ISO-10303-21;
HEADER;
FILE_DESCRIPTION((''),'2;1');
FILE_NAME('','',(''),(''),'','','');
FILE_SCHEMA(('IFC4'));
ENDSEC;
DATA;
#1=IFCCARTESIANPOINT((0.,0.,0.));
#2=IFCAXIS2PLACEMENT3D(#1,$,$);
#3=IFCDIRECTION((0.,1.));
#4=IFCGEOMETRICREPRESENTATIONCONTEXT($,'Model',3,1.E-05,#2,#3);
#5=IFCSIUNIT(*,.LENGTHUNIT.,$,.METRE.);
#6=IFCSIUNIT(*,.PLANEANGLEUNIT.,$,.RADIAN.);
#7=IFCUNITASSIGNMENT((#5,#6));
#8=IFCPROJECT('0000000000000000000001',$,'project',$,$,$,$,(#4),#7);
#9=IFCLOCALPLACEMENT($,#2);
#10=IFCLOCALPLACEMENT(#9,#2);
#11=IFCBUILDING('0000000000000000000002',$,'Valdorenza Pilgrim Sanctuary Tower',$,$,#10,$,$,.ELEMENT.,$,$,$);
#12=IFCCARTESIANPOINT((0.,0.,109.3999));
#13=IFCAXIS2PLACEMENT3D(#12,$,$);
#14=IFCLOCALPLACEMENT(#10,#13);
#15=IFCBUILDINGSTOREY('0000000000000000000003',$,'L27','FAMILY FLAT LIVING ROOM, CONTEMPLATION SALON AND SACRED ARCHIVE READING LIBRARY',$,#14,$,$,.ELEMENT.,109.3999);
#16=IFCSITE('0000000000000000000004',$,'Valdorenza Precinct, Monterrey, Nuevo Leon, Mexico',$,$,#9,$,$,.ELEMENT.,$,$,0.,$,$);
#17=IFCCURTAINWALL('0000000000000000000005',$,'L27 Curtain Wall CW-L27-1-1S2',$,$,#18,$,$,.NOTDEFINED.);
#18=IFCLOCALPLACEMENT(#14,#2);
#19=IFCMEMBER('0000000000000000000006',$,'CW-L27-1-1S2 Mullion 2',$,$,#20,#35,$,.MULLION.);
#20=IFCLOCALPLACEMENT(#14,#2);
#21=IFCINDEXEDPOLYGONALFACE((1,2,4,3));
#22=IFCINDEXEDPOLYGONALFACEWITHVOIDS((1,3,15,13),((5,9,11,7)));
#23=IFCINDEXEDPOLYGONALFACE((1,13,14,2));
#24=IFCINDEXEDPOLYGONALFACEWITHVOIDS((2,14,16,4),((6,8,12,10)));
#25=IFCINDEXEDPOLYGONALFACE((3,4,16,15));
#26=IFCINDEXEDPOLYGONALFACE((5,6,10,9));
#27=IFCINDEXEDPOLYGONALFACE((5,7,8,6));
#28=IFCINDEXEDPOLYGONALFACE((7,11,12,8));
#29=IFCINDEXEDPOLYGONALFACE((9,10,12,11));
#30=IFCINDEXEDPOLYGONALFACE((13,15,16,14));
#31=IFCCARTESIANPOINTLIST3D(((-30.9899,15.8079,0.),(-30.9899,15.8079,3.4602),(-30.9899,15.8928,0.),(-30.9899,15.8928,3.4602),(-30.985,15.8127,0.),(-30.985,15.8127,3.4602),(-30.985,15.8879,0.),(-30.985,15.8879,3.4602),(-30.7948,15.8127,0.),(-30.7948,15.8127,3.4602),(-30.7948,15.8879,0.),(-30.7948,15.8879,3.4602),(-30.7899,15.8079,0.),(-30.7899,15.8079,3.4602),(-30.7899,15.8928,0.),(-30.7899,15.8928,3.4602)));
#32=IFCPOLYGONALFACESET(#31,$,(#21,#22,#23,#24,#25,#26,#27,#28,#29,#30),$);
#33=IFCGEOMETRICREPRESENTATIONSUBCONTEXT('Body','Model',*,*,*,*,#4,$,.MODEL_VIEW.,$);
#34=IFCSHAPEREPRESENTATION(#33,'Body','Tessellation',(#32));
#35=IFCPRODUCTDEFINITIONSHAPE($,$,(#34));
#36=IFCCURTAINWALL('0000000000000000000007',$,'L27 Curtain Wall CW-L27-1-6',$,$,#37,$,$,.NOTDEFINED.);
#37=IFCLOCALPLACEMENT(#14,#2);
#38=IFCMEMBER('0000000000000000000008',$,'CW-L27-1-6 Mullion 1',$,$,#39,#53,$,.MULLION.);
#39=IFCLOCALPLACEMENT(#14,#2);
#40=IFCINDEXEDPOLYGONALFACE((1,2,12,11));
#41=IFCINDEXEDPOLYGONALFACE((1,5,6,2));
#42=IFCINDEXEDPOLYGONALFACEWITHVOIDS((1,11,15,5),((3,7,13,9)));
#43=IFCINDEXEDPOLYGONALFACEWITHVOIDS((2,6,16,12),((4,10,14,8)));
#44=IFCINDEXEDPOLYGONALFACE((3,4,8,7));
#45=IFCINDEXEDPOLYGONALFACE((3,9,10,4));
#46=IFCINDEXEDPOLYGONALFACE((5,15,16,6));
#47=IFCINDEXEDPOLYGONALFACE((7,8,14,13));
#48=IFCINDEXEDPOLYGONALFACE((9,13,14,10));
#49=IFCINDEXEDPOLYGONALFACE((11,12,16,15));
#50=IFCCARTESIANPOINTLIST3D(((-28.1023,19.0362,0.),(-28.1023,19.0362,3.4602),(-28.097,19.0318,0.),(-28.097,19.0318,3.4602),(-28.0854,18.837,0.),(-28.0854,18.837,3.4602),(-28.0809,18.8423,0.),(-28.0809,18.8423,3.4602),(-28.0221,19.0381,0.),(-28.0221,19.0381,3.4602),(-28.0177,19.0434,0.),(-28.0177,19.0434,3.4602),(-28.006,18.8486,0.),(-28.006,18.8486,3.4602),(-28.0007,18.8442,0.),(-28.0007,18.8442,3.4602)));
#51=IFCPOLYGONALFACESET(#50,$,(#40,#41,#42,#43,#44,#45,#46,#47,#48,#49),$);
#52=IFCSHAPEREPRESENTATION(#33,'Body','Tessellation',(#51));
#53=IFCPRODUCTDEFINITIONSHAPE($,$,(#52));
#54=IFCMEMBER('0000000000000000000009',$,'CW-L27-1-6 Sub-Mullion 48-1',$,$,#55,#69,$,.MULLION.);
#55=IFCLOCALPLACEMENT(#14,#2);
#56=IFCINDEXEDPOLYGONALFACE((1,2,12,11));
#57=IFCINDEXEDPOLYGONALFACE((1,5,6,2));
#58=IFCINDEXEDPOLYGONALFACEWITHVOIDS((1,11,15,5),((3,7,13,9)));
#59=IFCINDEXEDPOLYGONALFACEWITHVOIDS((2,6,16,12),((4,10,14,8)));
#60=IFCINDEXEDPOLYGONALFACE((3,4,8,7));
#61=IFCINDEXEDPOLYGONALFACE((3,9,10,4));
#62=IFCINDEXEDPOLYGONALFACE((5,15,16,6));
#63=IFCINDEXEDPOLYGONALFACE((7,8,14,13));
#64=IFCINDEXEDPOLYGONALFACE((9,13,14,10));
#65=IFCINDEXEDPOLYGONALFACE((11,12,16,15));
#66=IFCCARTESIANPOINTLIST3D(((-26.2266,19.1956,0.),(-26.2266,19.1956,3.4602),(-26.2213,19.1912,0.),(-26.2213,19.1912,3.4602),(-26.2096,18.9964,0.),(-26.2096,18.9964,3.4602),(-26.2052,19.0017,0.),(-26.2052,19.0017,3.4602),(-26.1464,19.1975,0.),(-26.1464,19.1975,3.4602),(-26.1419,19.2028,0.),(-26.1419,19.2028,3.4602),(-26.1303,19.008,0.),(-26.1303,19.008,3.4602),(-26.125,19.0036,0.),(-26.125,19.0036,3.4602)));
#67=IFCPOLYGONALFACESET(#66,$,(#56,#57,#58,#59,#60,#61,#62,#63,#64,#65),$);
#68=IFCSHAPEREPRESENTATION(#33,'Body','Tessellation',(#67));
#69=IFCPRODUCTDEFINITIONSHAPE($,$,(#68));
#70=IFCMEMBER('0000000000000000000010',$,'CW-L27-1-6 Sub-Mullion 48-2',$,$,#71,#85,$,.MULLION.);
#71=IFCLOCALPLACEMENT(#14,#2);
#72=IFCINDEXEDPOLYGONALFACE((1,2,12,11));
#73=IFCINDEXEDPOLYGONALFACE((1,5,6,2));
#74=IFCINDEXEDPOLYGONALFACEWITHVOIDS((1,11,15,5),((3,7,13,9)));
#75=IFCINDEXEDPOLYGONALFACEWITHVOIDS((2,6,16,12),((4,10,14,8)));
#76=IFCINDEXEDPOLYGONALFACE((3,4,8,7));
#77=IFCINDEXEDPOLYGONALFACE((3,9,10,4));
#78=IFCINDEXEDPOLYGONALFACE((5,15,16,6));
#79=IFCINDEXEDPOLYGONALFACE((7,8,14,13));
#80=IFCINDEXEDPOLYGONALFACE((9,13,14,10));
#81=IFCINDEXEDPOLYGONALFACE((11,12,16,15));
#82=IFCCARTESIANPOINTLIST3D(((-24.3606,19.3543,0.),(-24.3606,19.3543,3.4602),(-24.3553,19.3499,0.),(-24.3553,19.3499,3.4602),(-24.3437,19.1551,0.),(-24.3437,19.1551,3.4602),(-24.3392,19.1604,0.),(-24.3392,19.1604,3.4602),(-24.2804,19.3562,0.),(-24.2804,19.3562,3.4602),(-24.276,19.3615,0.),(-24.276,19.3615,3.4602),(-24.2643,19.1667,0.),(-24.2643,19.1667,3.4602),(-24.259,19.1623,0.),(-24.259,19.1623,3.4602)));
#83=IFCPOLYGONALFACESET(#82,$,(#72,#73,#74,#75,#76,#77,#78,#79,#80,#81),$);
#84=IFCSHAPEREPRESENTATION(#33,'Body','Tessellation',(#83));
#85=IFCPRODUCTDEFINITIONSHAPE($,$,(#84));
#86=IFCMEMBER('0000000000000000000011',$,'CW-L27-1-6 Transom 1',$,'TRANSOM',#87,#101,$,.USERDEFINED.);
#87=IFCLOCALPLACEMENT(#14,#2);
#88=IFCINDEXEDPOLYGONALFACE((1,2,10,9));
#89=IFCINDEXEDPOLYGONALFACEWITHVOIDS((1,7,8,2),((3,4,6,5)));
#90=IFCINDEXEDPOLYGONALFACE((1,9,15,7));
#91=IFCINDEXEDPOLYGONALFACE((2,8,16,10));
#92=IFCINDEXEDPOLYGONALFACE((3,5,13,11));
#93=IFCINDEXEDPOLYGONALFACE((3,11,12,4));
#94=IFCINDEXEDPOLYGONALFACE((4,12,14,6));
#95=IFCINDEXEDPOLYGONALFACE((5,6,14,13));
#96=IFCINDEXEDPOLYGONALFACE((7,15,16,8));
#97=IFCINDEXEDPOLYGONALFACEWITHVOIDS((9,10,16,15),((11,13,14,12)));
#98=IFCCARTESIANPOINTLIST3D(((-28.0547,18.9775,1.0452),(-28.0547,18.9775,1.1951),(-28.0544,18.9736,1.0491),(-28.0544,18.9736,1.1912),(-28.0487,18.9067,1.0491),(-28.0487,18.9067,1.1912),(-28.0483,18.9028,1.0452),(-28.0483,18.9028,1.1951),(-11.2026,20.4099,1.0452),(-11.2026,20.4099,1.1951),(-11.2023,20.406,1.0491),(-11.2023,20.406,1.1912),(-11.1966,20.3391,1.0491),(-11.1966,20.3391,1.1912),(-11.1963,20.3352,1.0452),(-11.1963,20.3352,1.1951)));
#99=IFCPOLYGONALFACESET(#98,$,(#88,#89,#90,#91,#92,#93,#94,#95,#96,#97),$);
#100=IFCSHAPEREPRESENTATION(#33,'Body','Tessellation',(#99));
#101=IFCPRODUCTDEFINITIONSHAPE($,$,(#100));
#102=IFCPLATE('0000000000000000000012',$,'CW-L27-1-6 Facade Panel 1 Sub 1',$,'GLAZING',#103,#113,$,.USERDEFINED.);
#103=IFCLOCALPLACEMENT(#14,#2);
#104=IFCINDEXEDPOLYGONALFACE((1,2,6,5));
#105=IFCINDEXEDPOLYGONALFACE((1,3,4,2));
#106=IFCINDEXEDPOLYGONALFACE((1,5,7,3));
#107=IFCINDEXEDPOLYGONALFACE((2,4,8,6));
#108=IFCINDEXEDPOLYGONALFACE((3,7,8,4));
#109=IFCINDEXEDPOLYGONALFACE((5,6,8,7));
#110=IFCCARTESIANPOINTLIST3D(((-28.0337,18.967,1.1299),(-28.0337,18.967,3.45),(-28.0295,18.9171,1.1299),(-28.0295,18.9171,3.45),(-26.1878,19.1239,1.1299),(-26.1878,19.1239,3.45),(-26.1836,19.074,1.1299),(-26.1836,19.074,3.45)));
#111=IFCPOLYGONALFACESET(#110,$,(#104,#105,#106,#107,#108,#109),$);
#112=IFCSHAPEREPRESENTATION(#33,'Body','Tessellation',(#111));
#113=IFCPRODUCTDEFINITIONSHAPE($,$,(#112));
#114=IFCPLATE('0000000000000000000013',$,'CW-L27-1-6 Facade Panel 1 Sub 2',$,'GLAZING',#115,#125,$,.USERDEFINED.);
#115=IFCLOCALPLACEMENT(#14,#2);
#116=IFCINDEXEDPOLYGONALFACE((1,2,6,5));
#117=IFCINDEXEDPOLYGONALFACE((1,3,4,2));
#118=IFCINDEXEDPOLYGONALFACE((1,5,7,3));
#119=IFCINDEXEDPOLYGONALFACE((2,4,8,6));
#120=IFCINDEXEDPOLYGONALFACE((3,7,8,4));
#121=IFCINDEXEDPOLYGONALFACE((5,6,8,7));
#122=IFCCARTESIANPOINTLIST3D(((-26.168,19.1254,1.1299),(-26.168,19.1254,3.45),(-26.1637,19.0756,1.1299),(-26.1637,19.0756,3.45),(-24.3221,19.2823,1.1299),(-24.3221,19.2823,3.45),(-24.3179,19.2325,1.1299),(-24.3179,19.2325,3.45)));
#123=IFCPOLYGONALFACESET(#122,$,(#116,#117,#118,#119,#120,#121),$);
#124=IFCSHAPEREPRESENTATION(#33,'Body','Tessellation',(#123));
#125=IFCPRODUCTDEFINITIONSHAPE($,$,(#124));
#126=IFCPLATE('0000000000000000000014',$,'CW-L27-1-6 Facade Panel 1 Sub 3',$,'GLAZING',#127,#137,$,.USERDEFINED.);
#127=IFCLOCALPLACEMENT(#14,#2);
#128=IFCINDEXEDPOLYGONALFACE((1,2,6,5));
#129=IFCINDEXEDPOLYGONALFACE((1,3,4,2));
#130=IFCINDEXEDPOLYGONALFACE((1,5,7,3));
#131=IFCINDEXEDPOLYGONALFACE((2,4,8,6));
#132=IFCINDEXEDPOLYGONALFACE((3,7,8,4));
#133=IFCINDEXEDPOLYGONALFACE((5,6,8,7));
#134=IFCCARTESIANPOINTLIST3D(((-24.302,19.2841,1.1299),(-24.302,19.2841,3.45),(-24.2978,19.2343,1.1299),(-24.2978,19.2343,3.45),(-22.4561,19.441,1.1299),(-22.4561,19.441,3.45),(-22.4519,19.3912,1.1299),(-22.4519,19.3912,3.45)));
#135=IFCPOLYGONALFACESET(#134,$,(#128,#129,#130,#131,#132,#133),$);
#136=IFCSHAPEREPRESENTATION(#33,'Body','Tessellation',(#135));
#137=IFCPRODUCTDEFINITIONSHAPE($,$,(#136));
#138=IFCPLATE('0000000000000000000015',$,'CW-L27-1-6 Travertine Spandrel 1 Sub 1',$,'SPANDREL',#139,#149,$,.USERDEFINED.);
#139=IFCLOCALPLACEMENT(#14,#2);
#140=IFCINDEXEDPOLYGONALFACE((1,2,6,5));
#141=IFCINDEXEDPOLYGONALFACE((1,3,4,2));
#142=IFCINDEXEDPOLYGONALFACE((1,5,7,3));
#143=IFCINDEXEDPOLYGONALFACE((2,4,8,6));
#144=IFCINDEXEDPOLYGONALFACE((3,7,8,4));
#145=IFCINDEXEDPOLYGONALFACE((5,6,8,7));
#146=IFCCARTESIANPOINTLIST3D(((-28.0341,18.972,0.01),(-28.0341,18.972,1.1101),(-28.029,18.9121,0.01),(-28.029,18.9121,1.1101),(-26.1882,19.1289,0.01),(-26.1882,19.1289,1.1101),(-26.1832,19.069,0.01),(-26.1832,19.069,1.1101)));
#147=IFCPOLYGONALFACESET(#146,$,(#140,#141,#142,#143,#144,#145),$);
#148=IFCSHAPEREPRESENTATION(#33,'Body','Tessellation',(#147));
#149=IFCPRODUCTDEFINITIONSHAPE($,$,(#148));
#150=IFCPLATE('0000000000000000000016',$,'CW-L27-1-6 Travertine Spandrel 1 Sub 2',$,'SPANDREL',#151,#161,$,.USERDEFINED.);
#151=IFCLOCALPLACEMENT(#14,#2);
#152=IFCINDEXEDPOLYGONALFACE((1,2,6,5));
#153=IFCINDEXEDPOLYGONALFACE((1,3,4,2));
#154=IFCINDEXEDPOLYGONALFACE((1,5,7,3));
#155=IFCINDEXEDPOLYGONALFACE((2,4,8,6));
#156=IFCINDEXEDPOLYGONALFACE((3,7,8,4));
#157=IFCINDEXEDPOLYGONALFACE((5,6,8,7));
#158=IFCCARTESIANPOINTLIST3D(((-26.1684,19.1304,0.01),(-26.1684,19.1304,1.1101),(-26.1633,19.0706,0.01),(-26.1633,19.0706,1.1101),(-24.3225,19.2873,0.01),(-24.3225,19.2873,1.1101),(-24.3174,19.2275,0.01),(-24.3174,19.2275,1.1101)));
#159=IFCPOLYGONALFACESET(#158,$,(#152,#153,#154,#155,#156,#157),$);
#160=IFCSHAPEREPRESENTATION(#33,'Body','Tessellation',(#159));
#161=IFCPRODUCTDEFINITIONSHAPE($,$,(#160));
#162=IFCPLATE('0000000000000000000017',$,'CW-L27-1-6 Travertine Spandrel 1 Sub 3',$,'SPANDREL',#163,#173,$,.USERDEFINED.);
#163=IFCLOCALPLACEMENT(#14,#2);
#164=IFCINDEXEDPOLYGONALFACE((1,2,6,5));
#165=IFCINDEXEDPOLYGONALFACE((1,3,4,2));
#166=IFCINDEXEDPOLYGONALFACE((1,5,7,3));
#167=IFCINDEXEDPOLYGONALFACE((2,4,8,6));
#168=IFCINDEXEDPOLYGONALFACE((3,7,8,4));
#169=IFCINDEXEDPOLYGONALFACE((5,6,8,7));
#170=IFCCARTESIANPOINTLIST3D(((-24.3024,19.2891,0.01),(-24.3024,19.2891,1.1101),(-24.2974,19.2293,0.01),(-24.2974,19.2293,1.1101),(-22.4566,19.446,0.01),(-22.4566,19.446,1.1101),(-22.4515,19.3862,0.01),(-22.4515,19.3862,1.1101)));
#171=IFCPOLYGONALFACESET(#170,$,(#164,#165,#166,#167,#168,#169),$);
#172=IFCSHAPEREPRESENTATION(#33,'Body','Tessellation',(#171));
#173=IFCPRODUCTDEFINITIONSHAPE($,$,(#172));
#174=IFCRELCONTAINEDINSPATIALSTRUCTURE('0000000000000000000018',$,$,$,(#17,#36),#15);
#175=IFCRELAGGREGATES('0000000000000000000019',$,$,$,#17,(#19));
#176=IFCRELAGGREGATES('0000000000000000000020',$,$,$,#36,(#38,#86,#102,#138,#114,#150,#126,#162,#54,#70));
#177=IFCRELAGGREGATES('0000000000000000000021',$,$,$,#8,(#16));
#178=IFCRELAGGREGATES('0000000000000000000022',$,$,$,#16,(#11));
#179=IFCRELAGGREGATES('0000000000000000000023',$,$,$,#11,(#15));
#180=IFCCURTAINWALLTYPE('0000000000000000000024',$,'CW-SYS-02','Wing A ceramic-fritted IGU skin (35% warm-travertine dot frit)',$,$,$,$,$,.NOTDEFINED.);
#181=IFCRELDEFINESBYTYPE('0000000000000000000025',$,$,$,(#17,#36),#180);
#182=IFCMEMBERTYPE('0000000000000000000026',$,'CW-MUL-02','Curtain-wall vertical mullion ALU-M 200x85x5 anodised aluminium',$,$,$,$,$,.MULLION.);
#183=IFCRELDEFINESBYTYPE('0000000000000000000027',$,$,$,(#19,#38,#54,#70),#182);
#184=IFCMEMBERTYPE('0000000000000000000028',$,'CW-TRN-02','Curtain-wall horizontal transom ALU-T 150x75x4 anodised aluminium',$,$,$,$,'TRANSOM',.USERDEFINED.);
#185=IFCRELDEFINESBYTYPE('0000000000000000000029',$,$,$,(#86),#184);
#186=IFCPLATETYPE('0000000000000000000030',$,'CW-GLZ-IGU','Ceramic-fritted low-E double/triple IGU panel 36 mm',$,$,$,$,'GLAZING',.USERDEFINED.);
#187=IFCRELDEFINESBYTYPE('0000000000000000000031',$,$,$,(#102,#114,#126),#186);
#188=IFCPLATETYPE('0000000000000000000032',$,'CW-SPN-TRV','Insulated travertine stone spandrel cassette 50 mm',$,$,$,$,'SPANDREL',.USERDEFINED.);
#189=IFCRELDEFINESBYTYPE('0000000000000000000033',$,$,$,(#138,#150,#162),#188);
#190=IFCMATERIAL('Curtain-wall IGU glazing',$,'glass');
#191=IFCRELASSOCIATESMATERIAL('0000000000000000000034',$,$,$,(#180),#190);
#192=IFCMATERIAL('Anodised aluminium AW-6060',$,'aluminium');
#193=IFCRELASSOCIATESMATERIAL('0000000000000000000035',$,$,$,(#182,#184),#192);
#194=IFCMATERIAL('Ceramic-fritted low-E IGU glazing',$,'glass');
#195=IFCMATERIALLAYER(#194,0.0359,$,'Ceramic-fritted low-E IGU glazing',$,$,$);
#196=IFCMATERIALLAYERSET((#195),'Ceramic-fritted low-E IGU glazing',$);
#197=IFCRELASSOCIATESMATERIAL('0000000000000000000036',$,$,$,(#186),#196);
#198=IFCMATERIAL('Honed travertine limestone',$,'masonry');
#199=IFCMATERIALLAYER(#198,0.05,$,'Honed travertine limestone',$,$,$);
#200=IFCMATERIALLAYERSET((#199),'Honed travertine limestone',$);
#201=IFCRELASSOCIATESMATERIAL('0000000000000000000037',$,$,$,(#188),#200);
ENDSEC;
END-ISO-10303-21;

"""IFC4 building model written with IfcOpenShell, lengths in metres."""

from ifc_helpers import new_model, si_unit, direction, frame, origin, origin_2d, place, context, subcontext, project, spatial, rectangle, hollow_rectangle, extrude, source, transform, mapped, material, layer, layer_set, material_profile, profile_set, type_object, element, aggregate, save


model = new_model("IFC4")

# Units and contexts
model_context = context("Model", 3, precision=1e-05, world=origin(), true_north=direction((0.0, 1.0)))
body_context = subcontext(model_context, "Body", "Model", "MODEL_VIEW")
ifc_project = project(units=[si_unit("LENGTHUNIT", "METRE"), si_unit("PLANEANGLEUNIT", "RADIAN")], contexts=[model_context])

# Site, building, storey
site_placement = place(None, origin())
site = spatial("IfcSite", under=ifc_project, at=site_placement, Name="Valdorenza Precinct, Monterrey, Nuevo Leon, Mexico", CompositionType="ELEMENT", RefElevation=0.0)
building_placement = place(site_placement, origin())
building = spatial("IfcBuilding", under=site, at=building_placement, Name="Valdorenza Pilgrim Sanctuary Tower", CompositionType="ELEMENT")
storey_placement = place(building_placement, frame((0.0, 0.0, 109.3999)))
storey = spatial("IfcBuildingStorey", under=building, at=storey_placement, Name="L27", Description="FAMILY FLAT LIVING ROOM, CONTEMPLATION SALON AND SACRED ARCHIVE READING LIBRARY", CompositionType="ELEMENT", Elevation=109.3999)

# Curtain wall, member
ifc_material_1 = material(Name="Curtain-wall IGU glazing", Category="glass")
curtain_wall_type = type_object("IfcCurtainWallType", Name="CW-SYS-02", Description="Wing A ceramic-fritted IGU skin (35% warm-travertine dot frit)", PredefinedType="NOTDEFINED", material=ifc_material_1)
curtain_wall_1_placement = place(storey_placement, origin())
curtain_wall_1 = element("IfcCurtainWall", 1, at=curtain_wall_1_placement, inside=storey, type_object=curtain_wall_type, Name="L27 Curtain Wall CW-L27-1-1S2", PredefinedType="NOTDEFINED")
ifc_material_2 = material(Name="Anodised aluminium AW-6060", Category="aluminium")
ifc_material_profile_1 = material_profile(ifc_material_2, hollow_rectangle(XDim=0.085, YDim=0.2, WallThickness=0.0049, at=origin_2d()), Name="ALU-M 200x85x5")
ifc_profile_set_1 = profile_set([ifc_material_profile_1], Name="Anodised aluminium AW-6060")
member_type_1 = type_object("IfcMemberType", Name="CW-MUL-02", Description="Curtain-wall vertical mullion ALU-M 200x85x5 anodised aluminium", PredefinedType="MULLION", material=ifc_profile_set_1)
shared_shape_1 = source(origin(), body_context, "Body", "SweptSolid", [
    extrude(hollow_rectangle(XDim=0.085, YDim=0.2, WallThickness=0.0049, at=origin_2d()), origin(), (0.0, 0.0, 1.0), 3.4602),
])
member_1_placement = place(storey_placement, frame((-30.8899, 15.8503, 0.0), z_axis=(0.0, 0.0, 1.0), x_axis=(0.0, 1.0, 0.0)))
member_1 = element("IfcMember", 2, at=member_1_placement, type_object=member_type_1, Name="CW-L27-1-1S2 Mullion 2", PredefinedType="MULLION", context=body_context, shape_type="MappedRepresentation", body=[
    mapped(shared_shape_1, transform((0.0, 0.0, 0.0), x_axis=(1.0, 0.0, 0.0), y_axis=(0.0, 1.0, 0.0), z_axis=(0.0, 0.0, 1.0), scale=1.0)),
])
aggregate(curtain_wall_1, [member_1])

# Curtain wall, members, plates
curtain_wall_2_placement = place(storey_placement, origin())
curtain_wall_2 = element("IfcCurtainWall", 3, at=curtain_wall_2_placement, inside=storey, type_object=curtain_wall_type, Name="L27 Curtain Wall CW-L27-1-6", PredefinedType="NOTDEFINED")
member_2_placement = place(storey_placement, frame((-28.0515, 18.9402, 0.0), z_axis=(0.0, 0.0, 1.0), x_axis=(0.996408, 0.084687, 0.0)))
member_2 = element("IfcMember", 4, at=member_2_placement, type_object=member_type_1, Name="CW-L27-1-6 Mullion 1", PredefinedType="MULLION", context=body_context, shape_type="MappedRepresentation", body=[
    mapped(shared_shape_1, transform((0.0, 0.0, 0.0), x_axis=(1.0, 0.0, 0.0), y_axis=(0.0, 1.0, 0.0), z_axis=(0.0, 0.0, 1.0), scale=1.0)),
])
member_3_placement = place(storey_placement, frame((-26.1758, 19.0996, 0.0), z_axis=(0.0, 0.0, 1.0), x_axis=(0.996408, 0.084687, 0.0)))
member_3 = element("IfcMember", 5, at=member_3_placement, type_object=member_type_1, Name="CW-L27-1-6 Sub-Mullion 48-1", PredefinedType="MULLION", context=body_context, shape_type="MappedRepresentation", body=[
    mapped(shared_shape_1, transform((0.0, 0.0, 0.0), x_axis=(1.0, 0.0, 0.0), y_axis=(0.0, 1.0, 0.0), z_axis=(0.0, 0.0, 1.0), scale=1.0)),
])
member_4_placement = place(storey_placement, frame((-24.3098, 19.2583, 0.0), z_axis=(0.0, 0.0, 1.0), x_axis=(0.996408, 0.084687, 0.0)))
member_4 = element("IfcMember", 6, at=member_4_placement, type_object=member_type_1, Name="CW-L27-1-6 Sub-Mullion 48-2", PredefinedType="MULLION", context=body_context, shape_type="MappedRepresentation", body=[
    mapped(shared_shape_1, transform((0.0, 0.0, 0.0), x_axis=(1.0, 0.0, 0.0), y_axis=(0.0, 1.0, 0.0), z_axis=(0.0, 0.0, 1.0), scale=1.0)),
])
ifc_material_profile_2 = material_profile(ifc_material_2, hollow_rectangle(XDim=0.075, YDim=0.1499, WallThickness=0.0039, at=origin_2d()), Name="ALU-T 150x75x4")
ifc_profile_set_2 = profile_set([ifc_material_profile_2], Name="Anodised aluminium AW-6060")
member_type_2 = type_object("IfcMemberType", Name="CW-TRN-02", Description="Curtain-wall horizontal transom ALU-T 150x75x4 anodised aluminium", ElementType="TRANSOM", PredefinedType="USERDEFINED", material=ifc_profile_set_2)
shared_shape_2 = source(origin(), body_context, "Body", "SweptSolid", [
    extrude(hollow_rectangle(XDim=0.075, YDim=0.1499, WallThickness=0.0039, at=origin_2d()), origin(), (0.0, 0.0, 1.0), 16.9128),
])
member_5_placement = place(storey_placement, frame((-28.0515, 18.9402, 1.1201), z_axis=(0.996407, 0.084692, 0.0), x_axis=(-0.084692, 0.996407, 0.0)))
member_5 = element("IfcMember", 7, at=member_5_placement, type_object=member_type_2, Name="CW-L27-1-6 Transom 1", ObjectType="TRANSOM", PredefinedType="USERDEFINED", context=body_context, shape_type="MappedRepresentation", body=[
    mapped(shared_shape_2, transform((0.0, 0.0, 0.0), x_axis=(1.0, 0.0, 0.0), y_axis=(0.0, 1.0, 0.0), z_axis=(0.0, 0.0, 1.0), scale=1.0)),
])
ifc_material_3 = material(Name="Ceramic-fritted low-E IGU glazing", Category="glass")
ifc_layer_1 = layer(ifc_material_3, 0.0359, Name="Ceramic-fritted low-E IGU glazing")
ifc_layer_set_1 = layer_set([ifc_layer_1], Name="Ceramic-fritted low-E IGU glazing")
plate_type_1 = type_object("IfcPlateType", Name="CW-GLZ-IGU", Description="Ceramic-fritted low-E double/triple IGU panel 36 mm", ElementType="GLAZING", PredefinedType="USERDEFINED", material=ifc_layer_set_1)
shared_shape_3 = source(origin(), body_context, "Body", "SweptSolid", [
    extrude(rectangle(XDim=1.8525, YDim=0.05, at=origin_2d()), origin(), (0.0, 0.0, 1.0), 2.3201),
])
plate_1_placement = place(storey_placement, frame((-27.1086, 19.0205, 1.1299), z_axis=(0.0, 0.0, 1.0), x_axis=(0.996408, 0.084687, 0.0)))
plate_1 = element("IfcPlate", 8, at=plate_1_placement, type_object=plate_type_1, Name="CW-L27-1-6 Facade Panel 1 Sub 1", ObjectType="GLAZING", PredefinedType="USERDEFINED", context=body_context, shape_type="MappedRepresentation", body=[
    mapped(shared_shape_3, transform((0.0, 0.0, 0.0), x_axis=(1.0, 0.0, 0.0), y_axis=(0.0, 1.0, 0.0), z_axis=(0.0, 0.0, 1.0), scale=1.0)),
])
plate_2_placement = place(storey_placement, frame((-25.2429, 19.179, 1.1299), z_axis=(0.0, 0.0, 1.0), x_axis=(0.996408, 0.084687, 0.0)))
plate_2 = element("IfcPlate", 9, at=plate_2_placement, type_object=plate_type_1, Name="CW-L27-1-6 Facade Panel 1 Sub 2", ObjectType="GLAZING", PredefinedType="USERDEFINED", context=body_context, shape_type="MappedRepresentation", body=[
    mapped(shared_shape_3, transform((0.0, 0.0, 0.0), x_axis=(1.0, 0.0, 0.0), y_axis=(0.0, 1.0, 0.0), z_axis=(0.0, 0.0, 1.0), scale=1.0)),
])
plate_3_placement = place(storey_placement, frame((-23.377, 19.3376, 1.1299), z_axis=(0.0, 0.0, 1.0), x_axis=(0.996408, 0.084687, 0.0)))
plate_3 = element("IfcPlate", 10, at=plate_3_placement, type_object=plate_type_1, Name="CW-L27-1-6 Facade Panel 1 Sub 3", ObjectType="GLAZING", PredefinedType="USERDEFINED", context=body_context, shape_type="MappedRepresentation", body=[
    mapped(shared_shape_3, transform((0.0, 0.0, 0.0), x_axis=(1.0, 0.0, 0.0), y_axis=(0.0, 1.0, 0.0), z_axis=(0.0, 0.0, 1.0), scale=1.0)),
])
ifc_material_4 = material(Name="Honed travertine limestone", Category="masonry")
ifc_layer_2 = layer(ifc_material_4, 0.05, Name="Honed travertine limestone")
ifc_layer_set_2 = layer_set([ifc_layer_2], Name="Honed travertine limestone")
plate_type_2 = type_object("IfcPlateType", Name="CW-SPN-TRV", Description="Insulated travertine stone spandrel cassette 50 mm", ElementType="SPANDREL", PredefinedType="USERDEFINED", material=ifc_layer_set_2)
shared_shape_4 = source(origin(), body_context, "Body", "SweptSolid", [
    extrude(rectangle(XDim=1.8525, YDim=0.0601, at=origin_2d()), origin(), (0.0, 0.0, 1.0), 1.1001),
])
plate_4_placement = place(storey_placement, frame((-27.1086, 19.0205, 0.01), z_axis=(0.0, 0.0, 1.0), x_axis=(0.996408, 0.084687, 0.0)))
plate_4 = element("IfcPlate", 11, at=plate_4_placement, type_object=plate_type_2, Name="CW-L27-1-6 Travertine Spandrel 1 Sub 1", ObjectType="SPANDREL", PredefinedType="USERDEFINED", context=body_context, shape_type="MappedRepresentation", body=[
    mapped(shared_shape_4, transform((0.0, 0.0, 0.0), x_axis=(1.0, 0.0, 0.0), y_axis=(0.0, 1.0, 0.0), z_axis=(0.0, 0.0, 1.0), scale=1.0)),
])
plate_5_placement = place(storey_placement, frame((-25.2429, 19.179, 0.01), z_axis=(0.0, 0.0, 1.0), x_axis=(0.996408, 0.084687, 0.0)))
plate_5 = element("IfcPlate", 12, at=plate_5_placement, type_object=plate_type_2, Name="CW-L27-1-6 Travertine Spandrel 1 Sub 2", ObjectType="SPANDREL", PredefinedType="USERDEFINED", context=body_context, shape_type="MappedRepresentation", body=[
    mapped(shared_shape_4, transform((0.0, 0.0, 0.0), x_axis=(1.0, 0.0, 0.0), y_axis=(0.0, 1.0, 0.0), z_axis=(0.0, 0.0, 1.0), scale=1.0)),
])
plate_6_placement = place(storey_placement, frame((-23.377, 19.3376, 0.01), z_axis=(0.0, 0.0, 1.0), x_axis=(0.996408, 0.084687, 0.0)))
plate_6 = element("IfcPlate", 13, at=plate_6_placement, type_object=plate_type_2, Name="CW-L27-1-6 Travertine Spandrel 1 Sub 3", ObjectType="SPANDREL", PredefinedType="USERDEFINED", context=body_context, shape_type="MappedRepresentation", body=[
    mapped(shared_shape_4, transform((0.0, 0.0, 0.0), x_axis=(1.0, 0.0, 0.0), y_axis=(0.0, 1.0, 0.0), z_axis=(0.0, 0.0, 1.0), scale=1.0)),
])
aggregate(curtain_wall_2, [member_2, member_5, plate_1, plate_4, plate_2, plate_5, plate_3, plate_6, member_3, member_4])

save(model, "model.ifc")
